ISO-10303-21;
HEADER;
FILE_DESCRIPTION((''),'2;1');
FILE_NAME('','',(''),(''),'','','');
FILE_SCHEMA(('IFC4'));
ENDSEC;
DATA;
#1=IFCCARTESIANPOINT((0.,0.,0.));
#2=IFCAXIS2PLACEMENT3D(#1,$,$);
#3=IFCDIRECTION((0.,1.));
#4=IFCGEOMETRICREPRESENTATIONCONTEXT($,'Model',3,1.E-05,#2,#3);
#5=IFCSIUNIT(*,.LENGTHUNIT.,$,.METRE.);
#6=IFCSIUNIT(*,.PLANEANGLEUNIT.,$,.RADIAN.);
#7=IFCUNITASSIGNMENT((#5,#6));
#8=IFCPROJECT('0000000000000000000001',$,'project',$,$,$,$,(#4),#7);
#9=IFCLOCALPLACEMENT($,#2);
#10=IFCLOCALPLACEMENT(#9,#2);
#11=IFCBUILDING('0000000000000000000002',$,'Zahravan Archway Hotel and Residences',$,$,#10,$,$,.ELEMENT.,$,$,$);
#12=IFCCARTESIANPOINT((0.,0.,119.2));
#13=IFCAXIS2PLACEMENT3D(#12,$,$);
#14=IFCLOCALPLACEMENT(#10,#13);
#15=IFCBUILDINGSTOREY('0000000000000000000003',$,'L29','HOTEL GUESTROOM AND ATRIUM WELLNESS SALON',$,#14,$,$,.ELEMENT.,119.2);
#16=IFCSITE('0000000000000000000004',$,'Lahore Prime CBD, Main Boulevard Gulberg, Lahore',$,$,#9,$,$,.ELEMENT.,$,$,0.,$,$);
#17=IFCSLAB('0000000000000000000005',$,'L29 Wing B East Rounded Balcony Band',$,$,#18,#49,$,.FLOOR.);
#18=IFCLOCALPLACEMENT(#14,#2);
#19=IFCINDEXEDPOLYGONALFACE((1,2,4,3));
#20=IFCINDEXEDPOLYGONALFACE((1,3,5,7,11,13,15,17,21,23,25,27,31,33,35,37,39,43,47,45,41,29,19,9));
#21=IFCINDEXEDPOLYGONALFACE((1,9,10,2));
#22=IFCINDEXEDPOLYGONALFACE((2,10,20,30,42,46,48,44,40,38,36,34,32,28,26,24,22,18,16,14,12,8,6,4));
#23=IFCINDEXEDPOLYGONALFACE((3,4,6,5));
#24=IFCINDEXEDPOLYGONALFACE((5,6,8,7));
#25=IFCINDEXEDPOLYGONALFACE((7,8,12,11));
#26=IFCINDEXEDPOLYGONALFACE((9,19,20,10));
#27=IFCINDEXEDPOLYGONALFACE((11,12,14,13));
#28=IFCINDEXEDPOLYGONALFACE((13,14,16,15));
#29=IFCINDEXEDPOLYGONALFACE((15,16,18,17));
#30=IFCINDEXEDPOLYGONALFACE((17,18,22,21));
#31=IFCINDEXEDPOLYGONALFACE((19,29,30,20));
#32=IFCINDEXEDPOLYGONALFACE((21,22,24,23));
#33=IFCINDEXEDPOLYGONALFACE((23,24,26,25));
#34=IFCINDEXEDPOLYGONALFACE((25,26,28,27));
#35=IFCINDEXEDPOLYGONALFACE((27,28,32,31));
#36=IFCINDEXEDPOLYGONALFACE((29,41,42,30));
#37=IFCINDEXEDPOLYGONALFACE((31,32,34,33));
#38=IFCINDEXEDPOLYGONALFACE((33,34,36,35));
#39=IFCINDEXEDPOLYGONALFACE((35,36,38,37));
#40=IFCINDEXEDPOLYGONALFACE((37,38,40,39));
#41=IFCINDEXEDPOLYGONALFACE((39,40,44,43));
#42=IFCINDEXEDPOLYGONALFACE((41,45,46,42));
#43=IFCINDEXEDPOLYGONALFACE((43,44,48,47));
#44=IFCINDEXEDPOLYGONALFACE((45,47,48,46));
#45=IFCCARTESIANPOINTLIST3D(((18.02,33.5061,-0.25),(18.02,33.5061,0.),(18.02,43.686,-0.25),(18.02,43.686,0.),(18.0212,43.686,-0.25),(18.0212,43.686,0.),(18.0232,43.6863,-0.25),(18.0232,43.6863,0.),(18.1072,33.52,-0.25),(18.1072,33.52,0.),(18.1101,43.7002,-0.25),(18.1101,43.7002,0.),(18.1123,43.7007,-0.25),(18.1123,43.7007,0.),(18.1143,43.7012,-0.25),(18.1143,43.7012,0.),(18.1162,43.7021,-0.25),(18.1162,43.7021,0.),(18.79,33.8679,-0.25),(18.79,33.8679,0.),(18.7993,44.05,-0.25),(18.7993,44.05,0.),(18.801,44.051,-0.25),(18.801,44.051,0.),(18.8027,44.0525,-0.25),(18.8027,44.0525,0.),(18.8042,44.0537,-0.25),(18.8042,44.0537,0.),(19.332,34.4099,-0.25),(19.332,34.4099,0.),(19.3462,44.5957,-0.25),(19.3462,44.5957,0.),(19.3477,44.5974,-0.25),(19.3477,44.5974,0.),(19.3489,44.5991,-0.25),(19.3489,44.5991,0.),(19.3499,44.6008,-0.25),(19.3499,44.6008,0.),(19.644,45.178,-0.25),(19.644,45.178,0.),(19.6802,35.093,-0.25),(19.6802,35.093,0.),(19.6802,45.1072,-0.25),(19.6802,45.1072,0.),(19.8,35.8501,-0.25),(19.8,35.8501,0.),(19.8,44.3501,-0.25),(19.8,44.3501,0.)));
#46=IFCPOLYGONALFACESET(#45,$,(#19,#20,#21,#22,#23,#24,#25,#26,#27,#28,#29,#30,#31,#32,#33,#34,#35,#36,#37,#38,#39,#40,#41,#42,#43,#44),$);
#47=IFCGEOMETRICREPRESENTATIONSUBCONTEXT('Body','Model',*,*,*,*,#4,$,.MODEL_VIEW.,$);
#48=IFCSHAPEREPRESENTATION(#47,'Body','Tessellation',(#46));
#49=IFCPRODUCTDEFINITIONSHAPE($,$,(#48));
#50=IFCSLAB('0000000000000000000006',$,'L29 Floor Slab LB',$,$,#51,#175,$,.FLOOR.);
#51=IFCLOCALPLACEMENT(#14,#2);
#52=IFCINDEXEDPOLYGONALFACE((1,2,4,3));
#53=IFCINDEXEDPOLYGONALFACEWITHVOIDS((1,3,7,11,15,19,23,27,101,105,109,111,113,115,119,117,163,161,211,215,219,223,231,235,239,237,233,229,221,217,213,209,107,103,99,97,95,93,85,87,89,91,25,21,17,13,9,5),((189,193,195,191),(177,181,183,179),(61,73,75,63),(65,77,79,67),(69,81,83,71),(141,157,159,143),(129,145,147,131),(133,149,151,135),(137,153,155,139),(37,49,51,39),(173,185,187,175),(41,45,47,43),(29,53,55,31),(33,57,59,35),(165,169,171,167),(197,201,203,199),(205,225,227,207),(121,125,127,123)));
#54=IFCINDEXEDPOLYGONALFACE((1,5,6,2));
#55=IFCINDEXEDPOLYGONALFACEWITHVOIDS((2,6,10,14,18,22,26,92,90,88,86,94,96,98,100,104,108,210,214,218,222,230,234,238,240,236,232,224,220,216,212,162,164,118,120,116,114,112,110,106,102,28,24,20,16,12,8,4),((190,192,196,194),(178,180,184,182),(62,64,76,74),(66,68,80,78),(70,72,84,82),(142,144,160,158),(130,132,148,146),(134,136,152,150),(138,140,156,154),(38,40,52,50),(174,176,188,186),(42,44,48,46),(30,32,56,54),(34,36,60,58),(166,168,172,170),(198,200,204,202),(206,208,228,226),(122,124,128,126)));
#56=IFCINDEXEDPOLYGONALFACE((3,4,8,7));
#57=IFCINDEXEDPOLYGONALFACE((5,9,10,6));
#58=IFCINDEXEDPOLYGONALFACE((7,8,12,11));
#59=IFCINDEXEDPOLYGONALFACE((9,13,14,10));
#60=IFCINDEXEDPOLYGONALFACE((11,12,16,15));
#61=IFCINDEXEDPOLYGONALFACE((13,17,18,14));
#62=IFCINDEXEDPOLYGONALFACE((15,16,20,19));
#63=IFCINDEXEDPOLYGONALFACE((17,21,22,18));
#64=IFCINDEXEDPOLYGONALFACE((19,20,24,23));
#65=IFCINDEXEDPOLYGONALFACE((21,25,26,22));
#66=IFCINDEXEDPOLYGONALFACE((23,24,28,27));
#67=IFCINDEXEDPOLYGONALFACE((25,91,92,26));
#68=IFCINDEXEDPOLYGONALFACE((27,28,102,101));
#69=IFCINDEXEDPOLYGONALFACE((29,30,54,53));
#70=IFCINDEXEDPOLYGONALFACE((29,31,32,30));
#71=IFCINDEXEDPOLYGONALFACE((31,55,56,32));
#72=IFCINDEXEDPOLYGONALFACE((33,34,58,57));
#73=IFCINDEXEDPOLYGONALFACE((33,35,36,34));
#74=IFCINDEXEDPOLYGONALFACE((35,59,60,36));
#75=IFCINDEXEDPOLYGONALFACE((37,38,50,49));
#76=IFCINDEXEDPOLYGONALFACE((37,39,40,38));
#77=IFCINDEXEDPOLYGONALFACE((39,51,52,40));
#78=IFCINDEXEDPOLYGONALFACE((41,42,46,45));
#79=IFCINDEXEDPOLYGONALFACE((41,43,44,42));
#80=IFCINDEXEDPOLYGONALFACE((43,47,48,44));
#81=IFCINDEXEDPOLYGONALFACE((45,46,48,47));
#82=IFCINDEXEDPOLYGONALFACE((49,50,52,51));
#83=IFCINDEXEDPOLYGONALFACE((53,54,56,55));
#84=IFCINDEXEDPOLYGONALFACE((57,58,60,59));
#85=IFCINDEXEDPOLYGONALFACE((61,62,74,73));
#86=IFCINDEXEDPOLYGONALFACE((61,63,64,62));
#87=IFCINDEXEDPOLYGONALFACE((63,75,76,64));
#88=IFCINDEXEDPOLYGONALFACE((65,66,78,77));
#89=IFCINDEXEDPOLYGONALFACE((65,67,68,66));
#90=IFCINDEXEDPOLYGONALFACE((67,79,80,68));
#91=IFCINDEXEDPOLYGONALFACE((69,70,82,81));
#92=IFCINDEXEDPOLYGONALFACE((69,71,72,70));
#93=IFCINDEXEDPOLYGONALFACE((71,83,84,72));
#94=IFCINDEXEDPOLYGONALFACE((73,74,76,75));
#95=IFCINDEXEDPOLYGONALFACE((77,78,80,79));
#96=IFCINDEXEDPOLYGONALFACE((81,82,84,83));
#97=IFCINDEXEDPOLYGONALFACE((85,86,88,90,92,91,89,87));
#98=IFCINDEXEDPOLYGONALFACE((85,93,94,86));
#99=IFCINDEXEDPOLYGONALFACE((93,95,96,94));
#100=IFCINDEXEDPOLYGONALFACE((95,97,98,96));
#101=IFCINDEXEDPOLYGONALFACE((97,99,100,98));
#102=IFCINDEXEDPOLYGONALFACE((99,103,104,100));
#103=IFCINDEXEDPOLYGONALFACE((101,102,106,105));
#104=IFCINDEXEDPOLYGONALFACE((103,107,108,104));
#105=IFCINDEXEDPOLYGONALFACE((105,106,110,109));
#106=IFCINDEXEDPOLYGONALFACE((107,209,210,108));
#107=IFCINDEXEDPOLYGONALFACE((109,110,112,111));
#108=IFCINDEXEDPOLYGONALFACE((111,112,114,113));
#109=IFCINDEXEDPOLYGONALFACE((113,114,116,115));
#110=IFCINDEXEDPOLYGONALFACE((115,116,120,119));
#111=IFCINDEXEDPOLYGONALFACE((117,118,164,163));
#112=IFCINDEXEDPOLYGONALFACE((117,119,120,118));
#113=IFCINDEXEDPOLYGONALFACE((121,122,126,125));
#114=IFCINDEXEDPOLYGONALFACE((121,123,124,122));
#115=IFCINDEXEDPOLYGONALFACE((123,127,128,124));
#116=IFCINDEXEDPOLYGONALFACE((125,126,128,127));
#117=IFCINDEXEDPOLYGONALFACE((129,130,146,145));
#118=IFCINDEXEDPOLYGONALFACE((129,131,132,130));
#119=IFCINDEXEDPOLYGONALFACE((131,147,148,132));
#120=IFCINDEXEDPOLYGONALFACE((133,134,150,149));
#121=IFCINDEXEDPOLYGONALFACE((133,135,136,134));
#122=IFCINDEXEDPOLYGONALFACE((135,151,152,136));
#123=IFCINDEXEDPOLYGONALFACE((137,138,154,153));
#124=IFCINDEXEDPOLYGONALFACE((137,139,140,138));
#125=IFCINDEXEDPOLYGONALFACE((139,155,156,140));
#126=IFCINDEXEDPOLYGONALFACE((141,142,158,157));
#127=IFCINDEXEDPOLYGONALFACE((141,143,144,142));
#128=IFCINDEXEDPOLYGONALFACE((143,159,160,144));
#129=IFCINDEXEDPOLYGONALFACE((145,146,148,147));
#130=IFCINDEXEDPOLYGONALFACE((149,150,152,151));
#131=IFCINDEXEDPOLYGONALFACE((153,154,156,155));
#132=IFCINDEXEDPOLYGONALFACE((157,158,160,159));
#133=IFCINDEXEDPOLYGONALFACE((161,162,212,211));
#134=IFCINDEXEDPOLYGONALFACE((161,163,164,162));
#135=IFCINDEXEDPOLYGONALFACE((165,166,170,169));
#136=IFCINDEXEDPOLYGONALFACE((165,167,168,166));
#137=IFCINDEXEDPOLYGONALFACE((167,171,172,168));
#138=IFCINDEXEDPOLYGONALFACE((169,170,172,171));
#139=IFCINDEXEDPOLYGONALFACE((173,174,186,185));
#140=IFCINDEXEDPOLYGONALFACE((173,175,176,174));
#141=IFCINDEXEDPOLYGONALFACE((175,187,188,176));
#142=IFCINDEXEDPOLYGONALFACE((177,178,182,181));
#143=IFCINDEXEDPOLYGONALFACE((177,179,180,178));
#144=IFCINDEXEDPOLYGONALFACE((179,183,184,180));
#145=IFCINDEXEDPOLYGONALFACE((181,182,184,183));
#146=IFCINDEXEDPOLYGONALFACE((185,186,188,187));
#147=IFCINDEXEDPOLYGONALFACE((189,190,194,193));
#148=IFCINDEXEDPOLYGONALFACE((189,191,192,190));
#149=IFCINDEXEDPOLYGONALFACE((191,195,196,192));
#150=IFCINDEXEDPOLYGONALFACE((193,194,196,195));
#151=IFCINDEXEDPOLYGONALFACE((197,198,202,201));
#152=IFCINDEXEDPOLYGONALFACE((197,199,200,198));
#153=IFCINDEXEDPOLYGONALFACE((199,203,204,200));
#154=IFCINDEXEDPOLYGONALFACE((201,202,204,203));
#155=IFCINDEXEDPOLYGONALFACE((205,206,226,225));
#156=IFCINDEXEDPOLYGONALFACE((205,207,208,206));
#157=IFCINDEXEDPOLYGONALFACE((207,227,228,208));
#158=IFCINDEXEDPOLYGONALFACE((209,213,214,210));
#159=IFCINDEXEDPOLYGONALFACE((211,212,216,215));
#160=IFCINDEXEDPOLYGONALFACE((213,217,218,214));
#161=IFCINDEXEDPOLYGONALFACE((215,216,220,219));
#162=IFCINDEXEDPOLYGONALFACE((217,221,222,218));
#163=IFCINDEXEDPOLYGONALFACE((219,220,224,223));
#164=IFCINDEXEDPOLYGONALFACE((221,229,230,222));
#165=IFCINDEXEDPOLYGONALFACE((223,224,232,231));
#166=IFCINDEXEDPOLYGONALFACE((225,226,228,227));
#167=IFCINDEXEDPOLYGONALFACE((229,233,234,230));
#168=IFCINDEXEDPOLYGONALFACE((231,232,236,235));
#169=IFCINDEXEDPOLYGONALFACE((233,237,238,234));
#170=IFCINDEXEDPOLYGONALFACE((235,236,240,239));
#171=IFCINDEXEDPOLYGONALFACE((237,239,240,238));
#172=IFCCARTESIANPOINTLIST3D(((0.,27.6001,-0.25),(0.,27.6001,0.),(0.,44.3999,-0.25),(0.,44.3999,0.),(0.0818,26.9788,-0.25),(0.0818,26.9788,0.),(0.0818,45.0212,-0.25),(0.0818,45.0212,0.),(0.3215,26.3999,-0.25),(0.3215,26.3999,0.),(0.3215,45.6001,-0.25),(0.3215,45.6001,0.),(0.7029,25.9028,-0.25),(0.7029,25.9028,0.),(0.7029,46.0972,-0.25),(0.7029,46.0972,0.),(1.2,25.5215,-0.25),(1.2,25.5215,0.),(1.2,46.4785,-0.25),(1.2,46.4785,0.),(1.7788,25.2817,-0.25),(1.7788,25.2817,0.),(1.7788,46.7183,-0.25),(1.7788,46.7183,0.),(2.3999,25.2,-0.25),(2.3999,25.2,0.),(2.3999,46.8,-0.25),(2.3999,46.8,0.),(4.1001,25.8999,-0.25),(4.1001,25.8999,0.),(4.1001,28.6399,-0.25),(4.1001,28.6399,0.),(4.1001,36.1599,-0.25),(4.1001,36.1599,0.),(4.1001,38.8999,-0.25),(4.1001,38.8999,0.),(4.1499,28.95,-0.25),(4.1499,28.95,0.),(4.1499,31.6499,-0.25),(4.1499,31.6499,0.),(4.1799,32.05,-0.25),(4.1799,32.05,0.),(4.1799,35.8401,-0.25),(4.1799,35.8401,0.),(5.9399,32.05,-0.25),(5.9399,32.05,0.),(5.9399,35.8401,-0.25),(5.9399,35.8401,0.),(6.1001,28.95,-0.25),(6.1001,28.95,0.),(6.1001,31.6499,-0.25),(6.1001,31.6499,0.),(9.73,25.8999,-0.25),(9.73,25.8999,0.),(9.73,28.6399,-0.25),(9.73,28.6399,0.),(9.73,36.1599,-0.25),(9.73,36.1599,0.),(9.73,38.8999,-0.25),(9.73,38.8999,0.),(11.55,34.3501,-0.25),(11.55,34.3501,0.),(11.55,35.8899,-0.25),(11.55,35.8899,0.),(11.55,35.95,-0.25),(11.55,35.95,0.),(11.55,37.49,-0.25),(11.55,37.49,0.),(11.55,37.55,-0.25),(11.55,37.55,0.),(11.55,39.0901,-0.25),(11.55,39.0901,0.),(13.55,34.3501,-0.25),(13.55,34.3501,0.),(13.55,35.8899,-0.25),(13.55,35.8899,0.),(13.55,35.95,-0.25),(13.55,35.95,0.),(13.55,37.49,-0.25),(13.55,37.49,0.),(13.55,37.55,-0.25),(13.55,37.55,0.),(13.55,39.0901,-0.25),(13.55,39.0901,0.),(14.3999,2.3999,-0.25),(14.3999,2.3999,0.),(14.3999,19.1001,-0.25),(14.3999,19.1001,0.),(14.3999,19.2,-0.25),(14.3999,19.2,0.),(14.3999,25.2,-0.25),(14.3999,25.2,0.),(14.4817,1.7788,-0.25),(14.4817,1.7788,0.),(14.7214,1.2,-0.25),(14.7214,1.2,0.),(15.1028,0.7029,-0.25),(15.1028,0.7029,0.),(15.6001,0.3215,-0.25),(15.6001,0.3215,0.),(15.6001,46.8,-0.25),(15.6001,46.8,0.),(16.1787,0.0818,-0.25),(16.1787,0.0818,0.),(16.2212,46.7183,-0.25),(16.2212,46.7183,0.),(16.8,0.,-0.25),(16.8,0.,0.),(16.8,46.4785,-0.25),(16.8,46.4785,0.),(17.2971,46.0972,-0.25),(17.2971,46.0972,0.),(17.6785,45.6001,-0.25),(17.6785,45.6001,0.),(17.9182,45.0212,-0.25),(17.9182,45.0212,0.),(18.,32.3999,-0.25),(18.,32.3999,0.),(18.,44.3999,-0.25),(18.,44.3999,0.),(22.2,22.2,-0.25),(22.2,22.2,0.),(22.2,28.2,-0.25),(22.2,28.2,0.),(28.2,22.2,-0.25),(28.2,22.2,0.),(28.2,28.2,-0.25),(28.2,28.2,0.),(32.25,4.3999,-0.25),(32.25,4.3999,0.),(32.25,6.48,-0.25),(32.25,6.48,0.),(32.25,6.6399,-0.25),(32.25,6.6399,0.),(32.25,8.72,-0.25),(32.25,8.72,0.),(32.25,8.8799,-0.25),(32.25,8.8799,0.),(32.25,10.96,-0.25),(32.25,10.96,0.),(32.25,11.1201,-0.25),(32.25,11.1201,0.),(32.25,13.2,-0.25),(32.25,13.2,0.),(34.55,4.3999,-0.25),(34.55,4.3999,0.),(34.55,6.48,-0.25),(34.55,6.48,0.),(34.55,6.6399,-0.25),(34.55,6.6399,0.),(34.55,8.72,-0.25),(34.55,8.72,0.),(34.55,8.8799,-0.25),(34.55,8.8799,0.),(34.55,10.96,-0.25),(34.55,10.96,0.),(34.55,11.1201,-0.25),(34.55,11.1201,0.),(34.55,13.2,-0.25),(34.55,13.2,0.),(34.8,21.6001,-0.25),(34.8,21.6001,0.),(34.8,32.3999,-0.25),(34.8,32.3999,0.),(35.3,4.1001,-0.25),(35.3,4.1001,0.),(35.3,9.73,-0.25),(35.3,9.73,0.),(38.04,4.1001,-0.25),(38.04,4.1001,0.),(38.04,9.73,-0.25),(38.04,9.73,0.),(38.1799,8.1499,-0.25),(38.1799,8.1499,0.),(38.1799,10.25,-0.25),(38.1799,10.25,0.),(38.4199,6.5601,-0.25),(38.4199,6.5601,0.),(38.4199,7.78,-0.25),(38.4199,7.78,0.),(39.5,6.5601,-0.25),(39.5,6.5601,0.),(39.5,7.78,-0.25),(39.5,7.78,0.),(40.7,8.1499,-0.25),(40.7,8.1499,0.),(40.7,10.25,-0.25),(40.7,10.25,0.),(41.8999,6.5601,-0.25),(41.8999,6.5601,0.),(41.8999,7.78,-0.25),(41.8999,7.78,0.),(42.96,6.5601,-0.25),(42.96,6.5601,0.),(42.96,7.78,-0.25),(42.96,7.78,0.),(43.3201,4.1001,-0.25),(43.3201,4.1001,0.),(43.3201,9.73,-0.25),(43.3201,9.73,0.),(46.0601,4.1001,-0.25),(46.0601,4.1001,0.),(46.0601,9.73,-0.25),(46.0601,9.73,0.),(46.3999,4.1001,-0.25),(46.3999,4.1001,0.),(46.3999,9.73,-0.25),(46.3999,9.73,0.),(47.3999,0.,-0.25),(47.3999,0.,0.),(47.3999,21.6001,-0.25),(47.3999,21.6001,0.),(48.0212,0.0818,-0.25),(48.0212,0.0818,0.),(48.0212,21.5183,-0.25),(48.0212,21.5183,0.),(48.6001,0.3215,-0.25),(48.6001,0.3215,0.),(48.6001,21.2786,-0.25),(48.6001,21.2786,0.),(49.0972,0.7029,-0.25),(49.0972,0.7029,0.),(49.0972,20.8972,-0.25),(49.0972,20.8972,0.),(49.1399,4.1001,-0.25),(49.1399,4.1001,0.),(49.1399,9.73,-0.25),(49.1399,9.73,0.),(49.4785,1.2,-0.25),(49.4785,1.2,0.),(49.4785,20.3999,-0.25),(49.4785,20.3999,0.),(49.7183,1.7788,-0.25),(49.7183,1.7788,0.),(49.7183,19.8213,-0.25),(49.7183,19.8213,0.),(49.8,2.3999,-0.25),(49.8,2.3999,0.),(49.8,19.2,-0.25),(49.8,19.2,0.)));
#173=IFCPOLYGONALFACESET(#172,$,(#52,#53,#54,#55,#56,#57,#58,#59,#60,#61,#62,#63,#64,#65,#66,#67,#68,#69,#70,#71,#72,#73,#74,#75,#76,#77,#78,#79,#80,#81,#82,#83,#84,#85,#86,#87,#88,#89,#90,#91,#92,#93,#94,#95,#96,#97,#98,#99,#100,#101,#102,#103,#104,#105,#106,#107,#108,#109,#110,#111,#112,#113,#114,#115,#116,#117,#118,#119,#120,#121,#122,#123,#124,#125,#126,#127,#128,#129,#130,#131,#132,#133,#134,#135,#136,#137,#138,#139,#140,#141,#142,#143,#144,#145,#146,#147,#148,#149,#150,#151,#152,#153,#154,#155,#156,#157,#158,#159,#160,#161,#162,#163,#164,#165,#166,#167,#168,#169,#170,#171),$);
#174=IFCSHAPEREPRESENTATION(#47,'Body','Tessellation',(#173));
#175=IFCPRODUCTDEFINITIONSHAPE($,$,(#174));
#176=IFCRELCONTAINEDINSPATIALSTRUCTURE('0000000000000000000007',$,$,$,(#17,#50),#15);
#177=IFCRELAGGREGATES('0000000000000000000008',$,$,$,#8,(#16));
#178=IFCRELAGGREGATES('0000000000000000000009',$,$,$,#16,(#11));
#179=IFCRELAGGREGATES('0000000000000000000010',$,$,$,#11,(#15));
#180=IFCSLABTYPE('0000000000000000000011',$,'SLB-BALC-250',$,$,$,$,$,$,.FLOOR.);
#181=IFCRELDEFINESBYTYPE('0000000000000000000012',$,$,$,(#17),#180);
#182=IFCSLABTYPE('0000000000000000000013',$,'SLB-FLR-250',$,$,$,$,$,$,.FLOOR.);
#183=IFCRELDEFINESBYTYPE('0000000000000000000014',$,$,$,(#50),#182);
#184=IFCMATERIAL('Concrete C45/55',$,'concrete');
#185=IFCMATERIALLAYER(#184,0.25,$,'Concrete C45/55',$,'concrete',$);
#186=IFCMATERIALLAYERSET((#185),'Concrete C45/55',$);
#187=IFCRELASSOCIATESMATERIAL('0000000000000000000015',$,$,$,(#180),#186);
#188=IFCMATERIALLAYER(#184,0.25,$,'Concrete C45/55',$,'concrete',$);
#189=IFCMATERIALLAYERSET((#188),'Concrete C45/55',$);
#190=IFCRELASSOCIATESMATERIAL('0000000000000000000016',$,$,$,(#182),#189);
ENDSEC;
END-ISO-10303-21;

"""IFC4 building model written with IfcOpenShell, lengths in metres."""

from ifc_helpers import new_model, si_unit, direction, frame, origin, place, context, subcontext, project, spatial, polyline, outline, extrude, material, layer, layer_set, type_object, element, save


model = new_model("IFC4")

# Units and contexts
model_context = context("Model", 3, precision=1e-05, world=origin(), true_north=direction((0.0, 1.0)))
body_context = subcontext(model_context, "Body", "Model", "MODEL_VIEW")
ifc_project = project(units=[si_unit("LENGTHUNIT", "METRE"), si_unit("PLANEANGLEUNIT", "RADIAN")], contexts=[model_context])

# Site, building, storey
site_placement = place(None, origin())
site = spatial("IfcSite", under=ifc_project, at=site_placement, Name="Lahore Prime CBD, Main Boulevard Gulberg, Lahore", CompositionType="ELEMENT", RefElevation=0.0)
building_placement = place(site_placement, origin())
building = spatial("IfcBuilding", under=site, at=building_placement, Name="Zahravan Archway Hotel and Residences", CompositionType="ELEMENT")
storey_placement = place(building_placement, frame((0.0, 0.0, 119.2)))
storey = spatial("IfcBuildingStorey", under=building, at=storey_placement, Name="L29", Description="HOTEL GUESTROOM AND ATRIUM WELLNESS SALON", CompositionType="ELEMENT", Elevation=119.2)

# Slabs
ifc_material_1 = material(Name="Concrete C45/55", Category="concrete")
ifc_layer_1 = layer(ifc_material_1, 0.25, Name="Concrete C45/55", Category="concrete")
ifc_layer_set_1 = layer_set([ifc_layer_1], Name="Concrete C45/55")
slab_type_1 = type_object("IfcSlabType", Name="SLB-BALC-250", PredefinedType="FLOOR", material=ifc_layer_set_1)
slab_1_placement = place(storey_placement, frame((0.0, 0.0, -0.25)))
element("IfcSlab", 1, at=slab_1_placement, inside=storey, type_object=slab_type_1, Name="L29 Wing B East Rounded Balcony Band", PredefinedType="FLOOR", context=body_context, shape_type="SweptSolid", body=[
    extrude(outline(polyline([(19.6802, 45.1072), (19.8, 44.3501), (19.8, 35.8501), (19.6802, 35.093), (19.332, 34.4099), (18.79, 33.8679), (18.1072, 33.52), (18.02, 33.5061), (18.02, 43.686), (18.0212, 43.686), (18.0232, 43.6863), (18.1101, 43.7002), (18.1123, 43.7007), (18.1143, 43.7012), (18.1162, 43.7021), (18.7993, 44.05), (18.801, 44.051), (18.8027, 44.0525), (18.8042, 44.0537), (19.3462, 44.5957), (19.3477, 44.5974), (19.3489, 44.5991), (19.3499, 44.6008), (19.644, 45.178), (19.6802, 45.1072)])), origin(), (0.0, 0.0, 1.0), 0.25),
])
ifc_layer_2 = layer(ifc_material_1, 0.25, Name="Concrete C45/55", Category="concrete")
ifc_layer_set_2 = layer_set([ifc_layer_2], Name="Concrete C45/55")
slab_type_2 = type_object("IfcSlabType", Name="SLB-FLR-250", PredefinedType="FLOOR", material=ifc_layer_set_2)
slab_2_placement = place(storey_placement, frame((0.0, 0.0, -0.25)))
element("IfcSlab", 2, at=slab_2_placement, inside=storey, type_object=slab_type_2, Name="L29 Floor Slab LB", PredefinedType="FLOOR", context=body_context, shape_type="SweptSolid", body=[
    extrude(outline(polyline([(34.8, 21.6001), (34.8, 32.3999), (18.0, 32.3999), (18.0, 44.3999), (17.9182, 45.0212), (17.6785, 45.6001), (17.2971, 46.0972), (16.8, 46.4785), (16.2212, 46.7183), (15.6001, 46.8), (2.3999, 46.8), (1.7788, 46.7183), (1.2, 46.4785), (0.7029, 46.0972), (0.3215, 45.6001), (0.0818, 45.0212), (0.0, 44.3999), (0.0, 27.6001), (0.0818, 26.9788), (0.3215, 26.3999), (0.7029, 25.9028), (1.2, 25.5215), (1.7788, 25.2817), (2.3999, 25.2), (14.3999, 25.2), (14.3999, 19.2), (14.3999, 19.1001), (14.3999, 2.3999), (14.4817, 1.7788), (14.7214, 1.2), (15.1028, 0.7029), (15.6001, 0.3215), (16.1787, 0.0818), (16.8, 0.0), (47.3999, 0.0), (48.0212, 0.0818), (48.6001, 0.3215), (49.0972, 0.7029), (49.4785, 1.2), (49.7183, 1.7788), (49.8, 2.3999), (49.8, 19.2), (49.7183, 19.8213), (49.4785, 20.3999), (49.0972, 20.8972), (48.6001, 21.2786), (48.0212, 21.5183), (47.3999, 21.6001), (34.8, 21.6001)]), holes=[polyline([(35.3, 9.73), (35.3, 4.1001), (38.04, 4.1001), (38.04, 9.73), (35.3, 9.73)]), polyline([(43.3201, 9.73), (43.3201, 4.1001), (46.0601, 4.1001), (46.0601, 9.73), (43.3201, 9.73)]), polyline([(46.3999, 9.73), (46.3999, 4.1001), (49.1399, 4.1001), (49.1399, 9.73), (46.3999, 9.73)]), polyline([(9.73, 28.6399), (4.1001, 28.6399), (4.1001, 25.8999), (9.73, 25.8999), (9.73, 28.6399)]), polyline([(9.73, 38.8999), (4.1001, 38.8999), (4.1001, 36.1599), (9.73, 36.1599), (9.73, 38.8999)]), polyline([(38.1799, 8.1499), (40.7, 8.1499), (40.7, 10.25), (38.1799, 10.25), (38.1799, 8.1499)]), polyline([(4.1499, 28.95), (6.1001, 28.95), (6.1001, 31.6499), (4.1499, 31.6499), (4.1499, 28.95)]), polyline([(11.55, 34.3501), (13.55, 34.3501), (13.55, 35.8899), (11.55, 35.8899), (11.55, 34.3501)]), polyline([(11.55, 35.95), (13.55, 35.95), (13.55, 37.49), (11.55, 37.49), (11.55, 35.95)]), polyline([(11.55, 37.55), (13.55, 37.55), (13.55, 39.0901), (11.55, 39.0901), (11.55, 37.55)]), polyline([(32.25, 4.3999), (34.55, 4.3999), (34.55, 6.48), (32.25, 6.48), (32.25, 4.3999)]), polyline([(32.25, 6.6399), (34.55, 6.6399), (34.55, 8.72), (32.25, 8.72), (32.25, 6.6399)]), polyline([(32.25, 8.8799), (34.55, 8.8799), (34.55, 10.96), (32.25, 10.96), (32.25, 8.8799)]), polyline([(32.25, 11.1201), (34.55, 11.1201), (34.55, 13.2), (32.25, 13.2), (32.25, 11.1201)]), polyline([(22.2, 22.2), (28.2, 22.2), (28.2, 28.2), (22.2, 28.2), (22.2, 22.2)]), polyline([(38.4199, 6.5601), (39.5, 6.5601), (39.5, 7.78), (38.4199, 7.78), (38.4199, 6.5601)]), polyline([(41.8999, 6.5601), (42.96, 6.5601), (42.96, 7.78), (41.8999, 7.78), (41.8999, 6.5601)]), polyline([(4.1799, 32.05), (5.9399, 32.05), (5.9399, 35.8401), (4.1799, 35.8401), (4.1799, 32.05)])]), origin(), (0.0, 0.0, 1.0), 0.25),
])

save(model, "model.ifc")
